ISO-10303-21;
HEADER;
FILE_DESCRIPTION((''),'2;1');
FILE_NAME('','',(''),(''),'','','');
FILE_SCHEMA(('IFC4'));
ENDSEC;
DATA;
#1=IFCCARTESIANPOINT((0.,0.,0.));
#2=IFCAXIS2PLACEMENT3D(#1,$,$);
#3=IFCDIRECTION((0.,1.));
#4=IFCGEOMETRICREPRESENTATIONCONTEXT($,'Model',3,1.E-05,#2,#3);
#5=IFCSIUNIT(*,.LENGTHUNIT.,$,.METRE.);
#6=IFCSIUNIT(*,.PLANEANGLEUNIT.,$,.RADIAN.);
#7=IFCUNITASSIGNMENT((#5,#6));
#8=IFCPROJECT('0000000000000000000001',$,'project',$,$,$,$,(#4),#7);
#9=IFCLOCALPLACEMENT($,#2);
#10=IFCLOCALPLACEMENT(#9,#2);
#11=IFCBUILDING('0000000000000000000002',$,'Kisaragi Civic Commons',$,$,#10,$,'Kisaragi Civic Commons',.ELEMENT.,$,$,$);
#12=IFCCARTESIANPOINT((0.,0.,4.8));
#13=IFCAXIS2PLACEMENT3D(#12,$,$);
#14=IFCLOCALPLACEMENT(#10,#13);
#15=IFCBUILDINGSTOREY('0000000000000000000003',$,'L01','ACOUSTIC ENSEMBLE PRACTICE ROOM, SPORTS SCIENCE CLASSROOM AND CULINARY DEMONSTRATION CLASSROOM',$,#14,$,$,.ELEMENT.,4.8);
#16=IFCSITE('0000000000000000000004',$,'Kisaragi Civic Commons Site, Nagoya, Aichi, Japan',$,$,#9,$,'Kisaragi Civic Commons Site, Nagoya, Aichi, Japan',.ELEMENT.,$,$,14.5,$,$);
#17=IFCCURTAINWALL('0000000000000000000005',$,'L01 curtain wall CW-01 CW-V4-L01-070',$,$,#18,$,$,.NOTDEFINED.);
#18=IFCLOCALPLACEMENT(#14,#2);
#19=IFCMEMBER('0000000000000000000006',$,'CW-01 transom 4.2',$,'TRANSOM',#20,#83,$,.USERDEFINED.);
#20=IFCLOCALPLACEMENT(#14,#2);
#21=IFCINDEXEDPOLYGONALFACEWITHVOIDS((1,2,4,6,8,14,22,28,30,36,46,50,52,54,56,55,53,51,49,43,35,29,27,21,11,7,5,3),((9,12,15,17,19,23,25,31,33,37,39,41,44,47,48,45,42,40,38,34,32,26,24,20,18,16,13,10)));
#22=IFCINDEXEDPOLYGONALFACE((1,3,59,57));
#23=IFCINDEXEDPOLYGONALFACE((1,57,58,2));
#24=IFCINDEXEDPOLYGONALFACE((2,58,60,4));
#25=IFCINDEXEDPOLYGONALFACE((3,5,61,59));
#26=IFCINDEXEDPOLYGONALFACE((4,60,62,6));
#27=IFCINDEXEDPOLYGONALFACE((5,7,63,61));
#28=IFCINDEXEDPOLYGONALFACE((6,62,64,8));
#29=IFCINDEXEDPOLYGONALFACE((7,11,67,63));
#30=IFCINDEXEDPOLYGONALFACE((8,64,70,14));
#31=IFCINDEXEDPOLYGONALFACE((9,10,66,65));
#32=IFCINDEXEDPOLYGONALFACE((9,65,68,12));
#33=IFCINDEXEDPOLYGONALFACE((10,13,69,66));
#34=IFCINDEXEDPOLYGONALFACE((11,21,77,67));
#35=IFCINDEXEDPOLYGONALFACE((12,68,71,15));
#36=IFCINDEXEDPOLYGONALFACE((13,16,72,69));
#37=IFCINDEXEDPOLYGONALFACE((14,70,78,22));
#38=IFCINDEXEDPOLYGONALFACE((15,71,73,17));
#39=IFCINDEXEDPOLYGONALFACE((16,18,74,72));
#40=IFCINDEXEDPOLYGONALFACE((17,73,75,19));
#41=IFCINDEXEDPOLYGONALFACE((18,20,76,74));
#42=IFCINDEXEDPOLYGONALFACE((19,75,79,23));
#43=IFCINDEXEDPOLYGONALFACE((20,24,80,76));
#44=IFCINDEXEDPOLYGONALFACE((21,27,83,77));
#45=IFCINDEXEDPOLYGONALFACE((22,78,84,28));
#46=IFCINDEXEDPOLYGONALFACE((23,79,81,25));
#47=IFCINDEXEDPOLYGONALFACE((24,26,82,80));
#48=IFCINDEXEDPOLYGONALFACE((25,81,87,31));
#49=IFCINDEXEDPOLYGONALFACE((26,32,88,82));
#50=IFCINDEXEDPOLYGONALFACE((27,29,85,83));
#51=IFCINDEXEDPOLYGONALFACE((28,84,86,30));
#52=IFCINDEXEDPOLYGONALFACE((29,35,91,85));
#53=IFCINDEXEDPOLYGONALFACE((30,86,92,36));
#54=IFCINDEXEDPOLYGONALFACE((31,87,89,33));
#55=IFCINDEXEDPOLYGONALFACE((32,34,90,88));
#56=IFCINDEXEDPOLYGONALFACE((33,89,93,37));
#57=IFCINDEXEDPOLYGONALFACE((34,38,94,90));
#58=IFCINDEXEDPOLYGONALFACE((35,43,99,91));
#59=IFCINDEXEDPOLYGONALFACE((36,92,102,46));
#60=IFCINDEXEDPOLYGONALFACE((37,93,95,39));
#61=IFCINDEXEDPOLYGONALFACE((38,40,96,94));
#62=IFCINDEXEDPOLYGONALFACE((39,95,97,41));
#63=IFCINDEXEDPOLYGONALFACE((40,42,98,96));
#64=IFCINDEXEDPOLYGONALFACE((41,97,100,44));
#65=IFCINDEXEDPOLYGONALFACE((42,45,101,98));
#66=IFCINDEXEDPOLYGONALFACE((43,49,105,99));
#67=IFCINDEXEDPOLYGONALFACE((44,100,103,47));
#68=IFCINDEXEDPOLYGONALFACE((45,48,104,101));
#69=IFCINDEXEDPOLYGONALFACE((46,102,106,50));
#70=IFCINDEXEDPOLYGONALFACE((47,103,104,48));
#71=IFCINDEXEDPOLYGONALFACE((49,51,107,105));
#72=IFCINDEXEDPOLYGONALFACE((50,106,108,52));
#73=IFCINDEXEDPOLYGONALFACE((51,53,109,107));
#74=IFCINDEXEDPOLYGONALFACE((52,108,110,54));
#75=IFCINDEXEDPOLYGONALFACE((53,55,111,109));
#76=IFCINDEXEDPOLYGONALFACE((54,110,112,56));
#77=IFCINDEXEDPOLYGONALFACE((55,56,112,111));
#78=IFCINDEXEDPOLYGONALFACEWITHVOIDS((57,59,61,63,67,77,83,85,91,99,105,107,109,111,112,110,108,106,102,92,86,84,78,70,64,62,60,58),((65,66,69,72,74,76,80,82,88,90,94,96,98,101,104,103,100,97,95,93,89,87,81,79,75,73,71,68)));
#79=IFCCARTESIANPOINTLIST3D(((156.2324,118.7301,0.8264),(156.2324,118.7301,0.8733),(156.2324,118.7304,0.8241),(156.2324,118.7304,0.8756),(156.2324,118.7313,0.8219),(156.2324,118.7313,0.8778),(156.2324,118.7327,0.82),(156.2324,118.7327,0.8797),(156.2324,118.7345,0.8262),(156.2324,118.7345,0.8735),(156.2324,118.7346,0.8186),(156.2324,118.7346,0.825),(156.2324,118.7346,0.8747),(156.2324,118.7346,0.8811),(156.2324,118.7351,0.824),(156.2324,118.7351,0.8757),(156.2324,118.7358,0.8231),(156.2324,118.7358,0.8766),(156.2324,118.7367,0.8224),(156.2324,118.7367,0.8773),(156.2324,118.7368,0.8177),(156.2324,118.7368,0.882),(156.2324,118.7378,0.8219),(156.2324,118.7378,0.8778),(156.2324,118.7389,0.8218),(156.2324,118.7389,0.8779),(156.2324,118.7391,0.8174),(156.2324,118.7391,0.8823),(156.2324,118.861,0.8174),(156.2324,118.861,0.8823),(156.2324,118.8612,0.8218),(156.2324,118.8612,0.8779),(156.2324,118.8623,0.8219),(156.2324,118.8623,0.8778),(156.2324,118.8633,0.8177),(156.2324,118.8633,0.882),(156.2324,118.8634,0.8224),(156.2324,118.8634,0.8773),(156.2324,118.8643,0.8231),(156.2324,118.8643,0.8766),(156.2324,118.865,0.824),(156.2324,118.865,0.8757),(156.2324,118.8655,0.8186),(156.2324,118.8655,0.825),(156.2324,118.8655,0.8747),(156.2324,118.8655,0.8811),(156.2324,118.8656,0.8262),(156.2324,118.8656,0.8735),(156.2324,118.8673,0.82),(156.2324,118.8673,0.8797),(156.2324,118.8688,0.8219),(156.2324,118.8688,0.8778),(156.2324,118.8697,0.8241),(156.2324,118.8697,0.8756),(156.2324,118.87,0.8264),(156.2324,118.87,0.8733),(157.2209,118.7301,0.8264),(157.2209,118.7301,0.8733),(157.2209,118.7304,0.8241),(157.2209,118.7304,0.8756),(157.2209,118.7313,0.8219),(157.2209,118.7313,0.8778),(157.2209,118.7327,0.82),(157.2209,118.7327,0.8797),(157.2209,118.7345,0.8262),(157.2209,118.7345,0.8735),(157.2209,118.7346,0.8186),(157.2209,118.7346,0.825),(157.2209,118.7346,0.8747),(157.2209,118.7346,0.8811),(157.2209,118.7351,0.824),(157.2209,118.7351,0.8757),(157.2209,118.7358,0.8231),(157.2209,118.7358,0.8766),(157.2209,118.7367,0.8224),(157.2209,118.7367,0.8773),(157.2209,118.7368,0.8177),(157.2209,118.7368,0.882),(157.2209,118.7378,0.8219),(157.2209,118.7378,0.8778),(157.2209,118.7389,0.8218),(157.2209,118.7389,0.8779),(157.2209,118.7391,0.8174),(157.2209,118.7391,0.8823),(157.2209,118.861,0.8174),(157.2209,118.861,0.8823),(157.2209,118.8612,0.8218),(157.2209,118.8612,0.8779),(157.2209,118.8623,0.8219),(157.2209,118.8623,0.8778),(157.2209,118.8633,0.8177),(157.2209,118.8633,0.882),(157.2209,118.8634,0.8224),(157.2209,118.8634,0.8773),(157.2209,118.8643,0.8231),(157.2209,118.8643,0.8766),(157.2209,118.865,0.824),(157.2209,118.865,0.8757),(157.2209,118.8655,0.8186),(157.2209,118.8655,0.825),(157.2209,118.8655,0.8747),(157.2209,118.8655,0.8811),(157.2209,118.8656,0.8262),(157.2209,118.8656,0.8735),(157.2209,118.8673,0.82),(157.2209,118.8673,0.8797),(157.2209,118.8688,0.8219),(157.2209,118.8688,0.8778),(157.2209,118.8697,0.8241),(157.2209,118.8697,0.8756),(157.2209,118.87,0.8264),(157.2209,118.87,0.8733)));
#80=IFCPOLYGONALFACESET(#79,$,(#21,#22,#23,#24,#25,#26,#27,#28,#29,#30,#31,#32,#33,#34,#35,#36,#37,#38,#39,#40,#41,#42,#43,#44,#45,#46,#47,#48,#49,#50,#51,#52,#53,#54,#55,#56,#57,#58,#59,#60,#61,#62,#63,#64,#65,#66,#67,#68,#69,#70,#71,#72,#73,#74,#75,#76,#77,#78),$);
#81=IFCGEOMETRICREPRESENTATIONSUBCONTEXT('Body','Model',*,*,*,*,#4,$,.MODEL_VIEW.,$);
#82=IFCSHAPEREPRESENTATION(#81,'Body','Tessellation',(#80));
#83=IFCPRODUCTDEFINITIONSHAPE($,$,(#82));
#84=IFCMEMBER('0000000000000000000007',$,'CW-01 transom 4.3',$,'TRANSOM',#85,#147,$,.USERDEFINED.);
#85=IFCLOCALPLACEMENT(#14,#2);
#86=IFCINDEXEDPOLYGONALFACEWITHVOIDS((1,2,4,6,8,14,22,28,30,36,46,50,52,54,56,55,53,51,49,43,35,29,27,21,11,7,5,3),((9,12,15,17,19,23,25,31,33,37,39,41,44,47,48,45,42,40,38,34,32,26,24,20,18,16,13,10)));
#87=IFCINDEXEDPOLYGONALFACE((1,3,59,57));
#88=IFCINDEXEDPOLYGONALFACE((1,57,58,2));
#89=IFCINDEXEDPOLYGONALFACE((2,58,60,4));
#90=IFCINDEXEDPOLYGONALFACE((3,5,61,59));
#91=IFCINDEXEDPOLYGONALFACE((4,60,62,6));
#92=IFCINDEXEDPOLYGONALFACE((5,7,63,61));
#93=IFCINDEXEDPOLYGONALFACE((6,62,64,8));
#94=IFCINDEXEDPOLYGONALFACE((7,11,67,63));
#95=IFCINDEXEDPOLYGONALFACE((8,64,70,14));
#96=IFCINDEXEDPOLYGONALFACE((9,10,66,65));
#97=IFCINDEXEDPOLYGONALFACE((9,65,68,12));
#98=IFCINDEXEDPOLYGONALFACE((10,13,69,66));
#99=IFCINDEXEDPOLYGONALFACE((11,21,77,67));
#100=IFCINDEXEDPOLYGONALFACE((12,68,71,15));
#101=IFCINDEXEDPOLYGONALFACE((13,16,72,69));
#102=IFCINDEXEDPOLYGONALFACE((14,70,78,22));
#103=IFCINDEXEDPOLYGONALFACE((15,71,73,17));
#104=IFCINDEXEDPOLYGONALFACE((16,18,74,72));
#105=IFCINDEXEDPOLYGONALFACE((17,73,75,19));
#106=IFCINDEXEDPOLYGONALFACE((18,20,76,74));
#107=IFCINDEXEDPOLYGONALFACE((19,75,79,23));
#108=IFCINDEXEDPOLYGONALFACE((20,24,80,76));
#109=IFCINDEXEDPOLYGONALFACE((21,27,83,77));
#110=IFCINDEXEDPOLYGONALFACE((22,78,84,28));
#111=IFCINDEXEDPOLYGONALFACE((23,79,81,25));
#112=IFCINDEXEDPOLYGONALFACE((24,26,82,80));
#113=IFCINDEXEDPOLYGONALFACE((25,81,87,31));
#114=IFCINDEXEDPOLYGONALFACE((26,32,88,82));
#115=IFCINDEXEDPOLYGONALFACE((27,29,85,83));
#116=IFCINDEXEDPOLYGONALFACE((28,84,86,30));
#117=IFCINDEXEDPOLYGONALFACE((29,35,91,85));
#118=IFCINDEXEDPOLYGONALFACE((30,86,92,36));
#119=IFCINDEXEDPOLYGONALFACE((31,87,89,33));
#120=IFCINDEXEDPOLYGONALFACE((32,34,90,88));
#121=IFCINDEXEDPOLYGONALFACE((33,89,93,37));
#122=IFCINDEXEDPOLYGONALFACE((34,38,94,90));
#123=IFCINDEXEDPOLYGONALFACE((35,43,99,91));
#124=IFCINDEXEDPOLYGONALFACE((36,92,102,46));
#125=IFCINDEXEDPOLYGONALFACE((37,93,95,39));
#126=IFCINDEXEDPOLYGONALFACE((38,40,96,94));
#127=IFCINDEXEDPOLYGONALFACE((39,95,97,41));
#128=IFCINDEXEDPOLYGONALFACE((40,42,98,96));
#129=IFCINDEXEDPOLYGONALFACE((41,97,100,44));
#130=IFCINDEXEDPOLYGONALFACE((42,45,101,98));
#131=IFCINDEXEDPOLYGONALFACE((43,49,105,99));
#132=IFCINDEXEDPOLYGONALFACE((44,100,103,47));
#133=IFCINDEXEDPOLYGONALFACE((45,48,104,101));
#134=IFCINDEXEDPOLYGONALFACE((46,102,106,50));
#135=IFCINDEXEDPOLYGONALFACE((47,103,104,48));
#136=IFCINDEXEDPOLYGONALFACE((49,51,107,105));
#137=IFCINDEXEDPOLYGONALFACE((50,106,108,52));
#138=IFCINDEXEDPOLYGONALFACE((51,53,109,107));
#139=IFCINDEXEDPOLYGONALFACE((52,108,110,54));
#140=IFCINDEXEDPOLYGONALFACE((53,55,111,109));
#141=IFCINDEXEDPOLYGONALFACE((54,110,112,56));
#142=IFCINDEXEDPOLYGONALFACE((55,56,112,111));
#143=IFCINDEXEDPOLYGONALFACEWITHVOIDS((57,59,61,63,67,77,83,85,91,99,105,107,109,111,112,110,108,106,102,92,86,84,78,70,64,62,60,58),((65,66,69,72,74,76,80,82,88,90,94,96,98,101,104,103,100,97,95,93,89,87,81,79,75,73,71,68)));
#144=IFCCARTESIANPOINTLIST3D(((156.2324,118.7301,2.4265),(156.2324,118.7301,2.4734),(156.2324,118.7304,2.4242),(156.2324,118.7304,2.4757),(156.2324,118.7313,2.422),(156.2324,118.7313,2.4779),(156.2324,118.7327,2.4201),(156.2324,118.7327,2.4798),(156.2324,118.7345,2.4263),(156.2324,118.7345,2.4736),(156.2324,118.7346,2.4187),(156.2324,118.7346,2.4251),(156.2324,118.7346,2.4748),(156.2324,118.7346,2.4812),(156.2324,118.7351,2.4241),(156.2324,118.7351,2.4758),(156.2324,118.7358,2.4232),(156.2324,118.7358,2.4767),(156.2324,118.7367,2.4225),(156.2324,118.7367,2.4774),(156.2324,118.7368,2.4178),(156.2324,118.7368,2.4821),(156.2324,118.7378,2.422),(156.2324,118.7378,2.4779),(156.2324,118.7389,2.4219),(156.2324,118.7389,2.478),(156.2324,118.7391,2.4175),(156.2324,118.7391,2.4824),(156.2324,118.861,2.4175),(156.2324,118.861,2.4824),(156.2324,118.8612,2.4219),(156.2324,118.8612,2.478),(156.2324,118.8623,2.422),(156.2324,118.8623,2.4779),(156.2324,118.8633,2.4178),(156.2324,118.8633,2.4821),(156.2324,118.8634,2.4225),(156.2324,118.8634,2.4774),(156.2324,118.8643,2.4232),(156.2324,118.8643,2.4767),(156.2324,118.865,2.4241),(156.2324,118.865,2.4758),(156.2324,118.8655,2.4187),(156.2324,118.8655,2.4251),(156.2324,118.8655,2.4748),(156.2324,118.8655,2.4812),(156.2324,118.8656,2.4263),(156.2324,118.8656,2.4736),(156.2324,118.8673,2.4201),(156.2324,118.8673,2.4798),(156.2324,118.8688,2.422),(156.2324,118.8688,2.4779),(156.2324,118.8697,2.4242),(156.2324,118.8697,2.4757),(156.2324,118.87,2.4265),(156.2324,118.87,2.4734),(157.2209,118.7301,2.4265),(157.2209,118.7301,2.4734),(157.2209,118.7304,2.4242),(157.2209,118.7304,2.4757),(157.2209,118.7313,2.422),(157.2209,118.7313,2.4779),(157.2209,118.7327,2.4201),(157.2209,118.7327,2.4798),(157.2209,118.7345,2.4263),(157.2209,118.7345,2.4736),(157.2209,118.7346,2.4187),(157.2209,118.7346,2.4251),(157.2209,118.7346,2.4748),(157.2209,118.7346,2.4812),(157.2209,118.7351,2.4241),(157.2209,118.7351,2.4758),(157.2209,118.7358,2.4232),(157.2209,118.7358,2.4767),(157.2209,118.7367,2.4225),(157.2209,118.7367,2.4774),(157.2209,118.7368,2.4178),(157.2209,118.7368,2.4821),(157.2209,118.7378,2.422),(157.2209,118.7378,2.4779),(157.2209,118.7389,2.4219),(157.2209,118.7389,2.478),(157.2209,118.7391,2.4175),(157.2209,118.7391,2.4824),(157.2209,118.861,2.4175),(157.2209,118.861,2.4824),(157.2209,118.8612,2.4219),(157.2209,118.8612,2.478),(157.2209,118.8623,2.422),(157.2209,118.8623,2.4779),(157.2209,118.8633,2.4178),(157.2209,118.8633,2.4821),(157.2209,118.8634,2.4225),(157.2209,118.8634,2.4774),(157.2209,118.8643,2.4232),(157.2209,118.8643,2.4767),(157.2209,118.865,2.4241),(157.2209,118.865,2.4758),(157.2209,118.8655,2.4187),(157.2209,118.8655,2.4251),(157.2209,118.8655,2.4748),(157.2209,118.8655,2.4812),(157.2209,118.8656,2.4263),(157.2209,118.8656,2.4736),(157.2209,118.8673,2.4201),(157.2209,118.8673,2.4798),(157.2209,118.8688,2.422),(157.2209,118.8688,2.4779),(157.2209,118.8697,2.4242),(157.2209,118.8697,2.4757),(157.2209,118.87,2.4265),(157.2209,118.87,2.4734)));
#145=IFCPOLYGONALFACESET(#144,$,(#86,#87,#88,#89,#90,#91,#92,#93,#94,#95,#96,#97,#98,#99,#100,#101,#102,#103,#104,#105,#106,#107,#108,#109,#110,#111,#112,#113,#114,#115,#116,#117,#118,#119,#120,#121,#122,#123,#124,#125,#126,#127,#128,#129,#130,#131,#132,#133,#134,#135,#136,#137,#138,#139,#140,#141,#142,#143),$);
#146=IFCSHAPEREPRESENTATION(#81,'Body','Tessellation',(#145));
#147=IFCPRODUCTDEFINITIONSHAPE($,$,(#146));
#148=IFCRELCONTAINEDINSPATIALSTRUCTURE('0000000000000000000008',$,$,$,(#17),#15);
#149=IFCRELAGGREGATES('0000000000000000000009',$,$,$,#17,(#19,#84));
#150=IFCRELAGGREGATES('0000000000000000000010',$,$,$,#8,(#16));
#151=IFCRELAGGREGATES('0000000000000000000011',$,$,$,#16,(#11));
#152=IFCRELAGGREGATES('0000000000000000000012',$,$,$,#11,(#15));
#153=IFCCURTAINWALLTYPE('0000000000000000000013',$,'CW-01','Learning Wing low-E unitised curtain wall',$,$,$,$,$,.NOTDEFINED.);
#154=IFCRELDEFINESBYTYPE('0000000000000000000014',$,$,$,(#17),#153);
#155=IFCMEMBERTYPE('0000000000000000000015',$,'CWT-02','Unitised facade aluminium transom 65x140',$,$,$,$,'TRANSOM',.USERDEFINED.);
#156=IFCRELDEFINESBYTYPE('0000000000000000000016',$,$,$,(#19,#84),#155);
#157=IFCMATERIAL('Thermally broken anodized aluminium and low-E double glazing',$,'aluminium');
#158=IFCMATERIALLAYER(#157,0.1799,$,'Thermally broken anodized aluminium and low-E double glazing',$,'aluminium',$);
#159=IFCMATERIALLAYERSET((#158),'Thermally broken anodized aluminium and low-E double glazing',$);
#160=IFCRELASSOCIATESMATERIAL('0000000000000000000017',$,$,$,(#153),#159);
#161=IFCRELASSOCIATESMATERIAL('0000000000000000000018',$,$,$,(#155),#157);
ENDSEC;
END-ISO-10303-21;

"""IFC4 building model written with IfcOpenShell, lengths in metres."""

from ifc_helpers import new_model, si_unit, direction, frame, origin, origin_2d, place, context, subcontext, project, spatial, hollow_rectangle, extrude, material, layer, layer_set, material_profile, profile_set, type_object, element, aggregate, save


model = new_model("IFC4")

# Units and contexts
model_context = context("Model", 3, precision=1e-05, world=origin(), true_north=direction((0.0, 1.0)))
body_context = subcontext(model_context, "Body", "Model", "MODEL_VIEW")
ifc_project = project(units=[si_unit("LENGTHUNIT", "METRE"), si_unit("PLANEANGLEUNIT", "RADIAN")], contexts=[model_context])

# Site, building, storey
site_placement = place(None, origin())
site = spatial("IfcSite", under=ifc_project, at=site_placement, Name="Kisaragi Civic Commons Site, Nagoya, Aichi, Japan", LongName="Kisaragi Civic Commons Site, Nagoya, Aichi, Japan", CompositionType="ELEMENT", RefElevation=14.5)
building_placement = place(site_placement, origin())
building = spatial("IfcBuilding", under=site, at=building_placement, Name="Kisaragi Civic Commons", LongName="Kisaragi Civic Commons", CompositionType="ELEMENT")
storey_placement = place(building_placement, frame((0.0, 0.0, 4.8)))
storey = spatial("IfcBuildingStorey", under=building, at=storey_placement, Name="L01", Description="ACOUSTIC ENSEMBLE PRACTICE ROOM, SPORTS SCIENCE CLASSROOM AND CULINARY DEMONSTRATION CLASSROOM", CompositionType="ELEMENT", Elevation=4.8)

# Curtain wall, members
ifc_material = material(Name="Thermally broken anodized aluminium and low-E double glazing", Category="aluminium")
ifc_layer_1 = layer(ifc_material, 0.1799, Name="Thermally broken anodized aluminium and low-E double glazing", Category="aluminium")
ifc_layer_set_1 = layer_set([ifc_layer_1], Name="Thermally broken anodized aluminium and low-E double glazing")
curtain_wall_type = type_object("IfcCurtainWallType", Name="CW-01", Description="Learning Wing low-E unitised curtain wall", PredefinedType="NOTDEFINED", material=ifc_layer_set_1)
curtain_wall_placement = place(storey_placement, origin())
curtain_wall = element("IfcCurtainWall", 1, at=curtain_wall_placement, inside=storey, type_object=curtain_wall_type, Name="L01 curtain wall CW-01 CW-V4-L01-070", PredefinedType="NOTDEFINED")
ifc_material_profile_1 = material_profile(ifc_material, hollow_rectangle(XDim=0.1399, YDim=0.0649, WallThickness=0.0044, InnerFilletRadius=0.0044, OuterFilletRadius=0.009, at=origin_2d()), Name="CWT-65x140x4.5", Category="aluminium")
ifc_profile_set_1 = profile_set([ifc_material_profile_1], Name="Thermally broken anodized aluminium and low-E double glazing")
member_type_1 = type_object("IfcMemberType", Name="CWT-02", Description="Unitised facade aluminium transom 65x140", ElementType="TRANSOM", PredefinedType="USERDEFINED", material=ifc_profile_set_1)
member_1_placement = place(storey_placement, frame((156.2324, 118.8, 0.8499), z_axis=(1.0, 0.0, 0.0), x_axis=(0.0, 1.0, 0.0)))
member_1 = element("IfcMember", 2, at=member_1_placement, type_object=member_type_1, Name="CW-01 transom 4.2", ObjectType="TRANSOM", PredefinedType="USERDEFINED", context=body_context, shape_type="SweptSolid", body=[
    extrude(hollow_rectangle(XDim=0.1399, YDim=0.0649, WallThickness=0.0044, InnerFilletRadius=0.0044, OuterFilletRadius=0.009, at=origin_2d()), origin(), (0.0, 0.0, 1.0), 0.9885),
])
member_2_placement = place(storey_placement, frame((156.2324, 118.8, 2.45), z_axis=(1.0, 0.0, 0.0), x_axis=(0.0, 1.0, 0.0)))
member_2 = element("IfcMember", 3, at=member_2_placement, type_object=member_type_1, Name="CW-01 transom 4.3", ObjectType="TRANSOM", PredefinedType="USERDEFINED", context=body_context, shape_type="SweptSolid", body=[
    extrude(hollow_rectangle(XDim=0.1399, YDim=0.0649, WallThickness=0.0044, InnerFilletRadius=0.0044, OuterFilletRadius=0.009, at=origin_2d()), origin(), (0.0, 0.0, 1.0), 0.9885),
])
aggregate(curtain_wall, [member_1, member_2])

save(model, "model.ifc")
